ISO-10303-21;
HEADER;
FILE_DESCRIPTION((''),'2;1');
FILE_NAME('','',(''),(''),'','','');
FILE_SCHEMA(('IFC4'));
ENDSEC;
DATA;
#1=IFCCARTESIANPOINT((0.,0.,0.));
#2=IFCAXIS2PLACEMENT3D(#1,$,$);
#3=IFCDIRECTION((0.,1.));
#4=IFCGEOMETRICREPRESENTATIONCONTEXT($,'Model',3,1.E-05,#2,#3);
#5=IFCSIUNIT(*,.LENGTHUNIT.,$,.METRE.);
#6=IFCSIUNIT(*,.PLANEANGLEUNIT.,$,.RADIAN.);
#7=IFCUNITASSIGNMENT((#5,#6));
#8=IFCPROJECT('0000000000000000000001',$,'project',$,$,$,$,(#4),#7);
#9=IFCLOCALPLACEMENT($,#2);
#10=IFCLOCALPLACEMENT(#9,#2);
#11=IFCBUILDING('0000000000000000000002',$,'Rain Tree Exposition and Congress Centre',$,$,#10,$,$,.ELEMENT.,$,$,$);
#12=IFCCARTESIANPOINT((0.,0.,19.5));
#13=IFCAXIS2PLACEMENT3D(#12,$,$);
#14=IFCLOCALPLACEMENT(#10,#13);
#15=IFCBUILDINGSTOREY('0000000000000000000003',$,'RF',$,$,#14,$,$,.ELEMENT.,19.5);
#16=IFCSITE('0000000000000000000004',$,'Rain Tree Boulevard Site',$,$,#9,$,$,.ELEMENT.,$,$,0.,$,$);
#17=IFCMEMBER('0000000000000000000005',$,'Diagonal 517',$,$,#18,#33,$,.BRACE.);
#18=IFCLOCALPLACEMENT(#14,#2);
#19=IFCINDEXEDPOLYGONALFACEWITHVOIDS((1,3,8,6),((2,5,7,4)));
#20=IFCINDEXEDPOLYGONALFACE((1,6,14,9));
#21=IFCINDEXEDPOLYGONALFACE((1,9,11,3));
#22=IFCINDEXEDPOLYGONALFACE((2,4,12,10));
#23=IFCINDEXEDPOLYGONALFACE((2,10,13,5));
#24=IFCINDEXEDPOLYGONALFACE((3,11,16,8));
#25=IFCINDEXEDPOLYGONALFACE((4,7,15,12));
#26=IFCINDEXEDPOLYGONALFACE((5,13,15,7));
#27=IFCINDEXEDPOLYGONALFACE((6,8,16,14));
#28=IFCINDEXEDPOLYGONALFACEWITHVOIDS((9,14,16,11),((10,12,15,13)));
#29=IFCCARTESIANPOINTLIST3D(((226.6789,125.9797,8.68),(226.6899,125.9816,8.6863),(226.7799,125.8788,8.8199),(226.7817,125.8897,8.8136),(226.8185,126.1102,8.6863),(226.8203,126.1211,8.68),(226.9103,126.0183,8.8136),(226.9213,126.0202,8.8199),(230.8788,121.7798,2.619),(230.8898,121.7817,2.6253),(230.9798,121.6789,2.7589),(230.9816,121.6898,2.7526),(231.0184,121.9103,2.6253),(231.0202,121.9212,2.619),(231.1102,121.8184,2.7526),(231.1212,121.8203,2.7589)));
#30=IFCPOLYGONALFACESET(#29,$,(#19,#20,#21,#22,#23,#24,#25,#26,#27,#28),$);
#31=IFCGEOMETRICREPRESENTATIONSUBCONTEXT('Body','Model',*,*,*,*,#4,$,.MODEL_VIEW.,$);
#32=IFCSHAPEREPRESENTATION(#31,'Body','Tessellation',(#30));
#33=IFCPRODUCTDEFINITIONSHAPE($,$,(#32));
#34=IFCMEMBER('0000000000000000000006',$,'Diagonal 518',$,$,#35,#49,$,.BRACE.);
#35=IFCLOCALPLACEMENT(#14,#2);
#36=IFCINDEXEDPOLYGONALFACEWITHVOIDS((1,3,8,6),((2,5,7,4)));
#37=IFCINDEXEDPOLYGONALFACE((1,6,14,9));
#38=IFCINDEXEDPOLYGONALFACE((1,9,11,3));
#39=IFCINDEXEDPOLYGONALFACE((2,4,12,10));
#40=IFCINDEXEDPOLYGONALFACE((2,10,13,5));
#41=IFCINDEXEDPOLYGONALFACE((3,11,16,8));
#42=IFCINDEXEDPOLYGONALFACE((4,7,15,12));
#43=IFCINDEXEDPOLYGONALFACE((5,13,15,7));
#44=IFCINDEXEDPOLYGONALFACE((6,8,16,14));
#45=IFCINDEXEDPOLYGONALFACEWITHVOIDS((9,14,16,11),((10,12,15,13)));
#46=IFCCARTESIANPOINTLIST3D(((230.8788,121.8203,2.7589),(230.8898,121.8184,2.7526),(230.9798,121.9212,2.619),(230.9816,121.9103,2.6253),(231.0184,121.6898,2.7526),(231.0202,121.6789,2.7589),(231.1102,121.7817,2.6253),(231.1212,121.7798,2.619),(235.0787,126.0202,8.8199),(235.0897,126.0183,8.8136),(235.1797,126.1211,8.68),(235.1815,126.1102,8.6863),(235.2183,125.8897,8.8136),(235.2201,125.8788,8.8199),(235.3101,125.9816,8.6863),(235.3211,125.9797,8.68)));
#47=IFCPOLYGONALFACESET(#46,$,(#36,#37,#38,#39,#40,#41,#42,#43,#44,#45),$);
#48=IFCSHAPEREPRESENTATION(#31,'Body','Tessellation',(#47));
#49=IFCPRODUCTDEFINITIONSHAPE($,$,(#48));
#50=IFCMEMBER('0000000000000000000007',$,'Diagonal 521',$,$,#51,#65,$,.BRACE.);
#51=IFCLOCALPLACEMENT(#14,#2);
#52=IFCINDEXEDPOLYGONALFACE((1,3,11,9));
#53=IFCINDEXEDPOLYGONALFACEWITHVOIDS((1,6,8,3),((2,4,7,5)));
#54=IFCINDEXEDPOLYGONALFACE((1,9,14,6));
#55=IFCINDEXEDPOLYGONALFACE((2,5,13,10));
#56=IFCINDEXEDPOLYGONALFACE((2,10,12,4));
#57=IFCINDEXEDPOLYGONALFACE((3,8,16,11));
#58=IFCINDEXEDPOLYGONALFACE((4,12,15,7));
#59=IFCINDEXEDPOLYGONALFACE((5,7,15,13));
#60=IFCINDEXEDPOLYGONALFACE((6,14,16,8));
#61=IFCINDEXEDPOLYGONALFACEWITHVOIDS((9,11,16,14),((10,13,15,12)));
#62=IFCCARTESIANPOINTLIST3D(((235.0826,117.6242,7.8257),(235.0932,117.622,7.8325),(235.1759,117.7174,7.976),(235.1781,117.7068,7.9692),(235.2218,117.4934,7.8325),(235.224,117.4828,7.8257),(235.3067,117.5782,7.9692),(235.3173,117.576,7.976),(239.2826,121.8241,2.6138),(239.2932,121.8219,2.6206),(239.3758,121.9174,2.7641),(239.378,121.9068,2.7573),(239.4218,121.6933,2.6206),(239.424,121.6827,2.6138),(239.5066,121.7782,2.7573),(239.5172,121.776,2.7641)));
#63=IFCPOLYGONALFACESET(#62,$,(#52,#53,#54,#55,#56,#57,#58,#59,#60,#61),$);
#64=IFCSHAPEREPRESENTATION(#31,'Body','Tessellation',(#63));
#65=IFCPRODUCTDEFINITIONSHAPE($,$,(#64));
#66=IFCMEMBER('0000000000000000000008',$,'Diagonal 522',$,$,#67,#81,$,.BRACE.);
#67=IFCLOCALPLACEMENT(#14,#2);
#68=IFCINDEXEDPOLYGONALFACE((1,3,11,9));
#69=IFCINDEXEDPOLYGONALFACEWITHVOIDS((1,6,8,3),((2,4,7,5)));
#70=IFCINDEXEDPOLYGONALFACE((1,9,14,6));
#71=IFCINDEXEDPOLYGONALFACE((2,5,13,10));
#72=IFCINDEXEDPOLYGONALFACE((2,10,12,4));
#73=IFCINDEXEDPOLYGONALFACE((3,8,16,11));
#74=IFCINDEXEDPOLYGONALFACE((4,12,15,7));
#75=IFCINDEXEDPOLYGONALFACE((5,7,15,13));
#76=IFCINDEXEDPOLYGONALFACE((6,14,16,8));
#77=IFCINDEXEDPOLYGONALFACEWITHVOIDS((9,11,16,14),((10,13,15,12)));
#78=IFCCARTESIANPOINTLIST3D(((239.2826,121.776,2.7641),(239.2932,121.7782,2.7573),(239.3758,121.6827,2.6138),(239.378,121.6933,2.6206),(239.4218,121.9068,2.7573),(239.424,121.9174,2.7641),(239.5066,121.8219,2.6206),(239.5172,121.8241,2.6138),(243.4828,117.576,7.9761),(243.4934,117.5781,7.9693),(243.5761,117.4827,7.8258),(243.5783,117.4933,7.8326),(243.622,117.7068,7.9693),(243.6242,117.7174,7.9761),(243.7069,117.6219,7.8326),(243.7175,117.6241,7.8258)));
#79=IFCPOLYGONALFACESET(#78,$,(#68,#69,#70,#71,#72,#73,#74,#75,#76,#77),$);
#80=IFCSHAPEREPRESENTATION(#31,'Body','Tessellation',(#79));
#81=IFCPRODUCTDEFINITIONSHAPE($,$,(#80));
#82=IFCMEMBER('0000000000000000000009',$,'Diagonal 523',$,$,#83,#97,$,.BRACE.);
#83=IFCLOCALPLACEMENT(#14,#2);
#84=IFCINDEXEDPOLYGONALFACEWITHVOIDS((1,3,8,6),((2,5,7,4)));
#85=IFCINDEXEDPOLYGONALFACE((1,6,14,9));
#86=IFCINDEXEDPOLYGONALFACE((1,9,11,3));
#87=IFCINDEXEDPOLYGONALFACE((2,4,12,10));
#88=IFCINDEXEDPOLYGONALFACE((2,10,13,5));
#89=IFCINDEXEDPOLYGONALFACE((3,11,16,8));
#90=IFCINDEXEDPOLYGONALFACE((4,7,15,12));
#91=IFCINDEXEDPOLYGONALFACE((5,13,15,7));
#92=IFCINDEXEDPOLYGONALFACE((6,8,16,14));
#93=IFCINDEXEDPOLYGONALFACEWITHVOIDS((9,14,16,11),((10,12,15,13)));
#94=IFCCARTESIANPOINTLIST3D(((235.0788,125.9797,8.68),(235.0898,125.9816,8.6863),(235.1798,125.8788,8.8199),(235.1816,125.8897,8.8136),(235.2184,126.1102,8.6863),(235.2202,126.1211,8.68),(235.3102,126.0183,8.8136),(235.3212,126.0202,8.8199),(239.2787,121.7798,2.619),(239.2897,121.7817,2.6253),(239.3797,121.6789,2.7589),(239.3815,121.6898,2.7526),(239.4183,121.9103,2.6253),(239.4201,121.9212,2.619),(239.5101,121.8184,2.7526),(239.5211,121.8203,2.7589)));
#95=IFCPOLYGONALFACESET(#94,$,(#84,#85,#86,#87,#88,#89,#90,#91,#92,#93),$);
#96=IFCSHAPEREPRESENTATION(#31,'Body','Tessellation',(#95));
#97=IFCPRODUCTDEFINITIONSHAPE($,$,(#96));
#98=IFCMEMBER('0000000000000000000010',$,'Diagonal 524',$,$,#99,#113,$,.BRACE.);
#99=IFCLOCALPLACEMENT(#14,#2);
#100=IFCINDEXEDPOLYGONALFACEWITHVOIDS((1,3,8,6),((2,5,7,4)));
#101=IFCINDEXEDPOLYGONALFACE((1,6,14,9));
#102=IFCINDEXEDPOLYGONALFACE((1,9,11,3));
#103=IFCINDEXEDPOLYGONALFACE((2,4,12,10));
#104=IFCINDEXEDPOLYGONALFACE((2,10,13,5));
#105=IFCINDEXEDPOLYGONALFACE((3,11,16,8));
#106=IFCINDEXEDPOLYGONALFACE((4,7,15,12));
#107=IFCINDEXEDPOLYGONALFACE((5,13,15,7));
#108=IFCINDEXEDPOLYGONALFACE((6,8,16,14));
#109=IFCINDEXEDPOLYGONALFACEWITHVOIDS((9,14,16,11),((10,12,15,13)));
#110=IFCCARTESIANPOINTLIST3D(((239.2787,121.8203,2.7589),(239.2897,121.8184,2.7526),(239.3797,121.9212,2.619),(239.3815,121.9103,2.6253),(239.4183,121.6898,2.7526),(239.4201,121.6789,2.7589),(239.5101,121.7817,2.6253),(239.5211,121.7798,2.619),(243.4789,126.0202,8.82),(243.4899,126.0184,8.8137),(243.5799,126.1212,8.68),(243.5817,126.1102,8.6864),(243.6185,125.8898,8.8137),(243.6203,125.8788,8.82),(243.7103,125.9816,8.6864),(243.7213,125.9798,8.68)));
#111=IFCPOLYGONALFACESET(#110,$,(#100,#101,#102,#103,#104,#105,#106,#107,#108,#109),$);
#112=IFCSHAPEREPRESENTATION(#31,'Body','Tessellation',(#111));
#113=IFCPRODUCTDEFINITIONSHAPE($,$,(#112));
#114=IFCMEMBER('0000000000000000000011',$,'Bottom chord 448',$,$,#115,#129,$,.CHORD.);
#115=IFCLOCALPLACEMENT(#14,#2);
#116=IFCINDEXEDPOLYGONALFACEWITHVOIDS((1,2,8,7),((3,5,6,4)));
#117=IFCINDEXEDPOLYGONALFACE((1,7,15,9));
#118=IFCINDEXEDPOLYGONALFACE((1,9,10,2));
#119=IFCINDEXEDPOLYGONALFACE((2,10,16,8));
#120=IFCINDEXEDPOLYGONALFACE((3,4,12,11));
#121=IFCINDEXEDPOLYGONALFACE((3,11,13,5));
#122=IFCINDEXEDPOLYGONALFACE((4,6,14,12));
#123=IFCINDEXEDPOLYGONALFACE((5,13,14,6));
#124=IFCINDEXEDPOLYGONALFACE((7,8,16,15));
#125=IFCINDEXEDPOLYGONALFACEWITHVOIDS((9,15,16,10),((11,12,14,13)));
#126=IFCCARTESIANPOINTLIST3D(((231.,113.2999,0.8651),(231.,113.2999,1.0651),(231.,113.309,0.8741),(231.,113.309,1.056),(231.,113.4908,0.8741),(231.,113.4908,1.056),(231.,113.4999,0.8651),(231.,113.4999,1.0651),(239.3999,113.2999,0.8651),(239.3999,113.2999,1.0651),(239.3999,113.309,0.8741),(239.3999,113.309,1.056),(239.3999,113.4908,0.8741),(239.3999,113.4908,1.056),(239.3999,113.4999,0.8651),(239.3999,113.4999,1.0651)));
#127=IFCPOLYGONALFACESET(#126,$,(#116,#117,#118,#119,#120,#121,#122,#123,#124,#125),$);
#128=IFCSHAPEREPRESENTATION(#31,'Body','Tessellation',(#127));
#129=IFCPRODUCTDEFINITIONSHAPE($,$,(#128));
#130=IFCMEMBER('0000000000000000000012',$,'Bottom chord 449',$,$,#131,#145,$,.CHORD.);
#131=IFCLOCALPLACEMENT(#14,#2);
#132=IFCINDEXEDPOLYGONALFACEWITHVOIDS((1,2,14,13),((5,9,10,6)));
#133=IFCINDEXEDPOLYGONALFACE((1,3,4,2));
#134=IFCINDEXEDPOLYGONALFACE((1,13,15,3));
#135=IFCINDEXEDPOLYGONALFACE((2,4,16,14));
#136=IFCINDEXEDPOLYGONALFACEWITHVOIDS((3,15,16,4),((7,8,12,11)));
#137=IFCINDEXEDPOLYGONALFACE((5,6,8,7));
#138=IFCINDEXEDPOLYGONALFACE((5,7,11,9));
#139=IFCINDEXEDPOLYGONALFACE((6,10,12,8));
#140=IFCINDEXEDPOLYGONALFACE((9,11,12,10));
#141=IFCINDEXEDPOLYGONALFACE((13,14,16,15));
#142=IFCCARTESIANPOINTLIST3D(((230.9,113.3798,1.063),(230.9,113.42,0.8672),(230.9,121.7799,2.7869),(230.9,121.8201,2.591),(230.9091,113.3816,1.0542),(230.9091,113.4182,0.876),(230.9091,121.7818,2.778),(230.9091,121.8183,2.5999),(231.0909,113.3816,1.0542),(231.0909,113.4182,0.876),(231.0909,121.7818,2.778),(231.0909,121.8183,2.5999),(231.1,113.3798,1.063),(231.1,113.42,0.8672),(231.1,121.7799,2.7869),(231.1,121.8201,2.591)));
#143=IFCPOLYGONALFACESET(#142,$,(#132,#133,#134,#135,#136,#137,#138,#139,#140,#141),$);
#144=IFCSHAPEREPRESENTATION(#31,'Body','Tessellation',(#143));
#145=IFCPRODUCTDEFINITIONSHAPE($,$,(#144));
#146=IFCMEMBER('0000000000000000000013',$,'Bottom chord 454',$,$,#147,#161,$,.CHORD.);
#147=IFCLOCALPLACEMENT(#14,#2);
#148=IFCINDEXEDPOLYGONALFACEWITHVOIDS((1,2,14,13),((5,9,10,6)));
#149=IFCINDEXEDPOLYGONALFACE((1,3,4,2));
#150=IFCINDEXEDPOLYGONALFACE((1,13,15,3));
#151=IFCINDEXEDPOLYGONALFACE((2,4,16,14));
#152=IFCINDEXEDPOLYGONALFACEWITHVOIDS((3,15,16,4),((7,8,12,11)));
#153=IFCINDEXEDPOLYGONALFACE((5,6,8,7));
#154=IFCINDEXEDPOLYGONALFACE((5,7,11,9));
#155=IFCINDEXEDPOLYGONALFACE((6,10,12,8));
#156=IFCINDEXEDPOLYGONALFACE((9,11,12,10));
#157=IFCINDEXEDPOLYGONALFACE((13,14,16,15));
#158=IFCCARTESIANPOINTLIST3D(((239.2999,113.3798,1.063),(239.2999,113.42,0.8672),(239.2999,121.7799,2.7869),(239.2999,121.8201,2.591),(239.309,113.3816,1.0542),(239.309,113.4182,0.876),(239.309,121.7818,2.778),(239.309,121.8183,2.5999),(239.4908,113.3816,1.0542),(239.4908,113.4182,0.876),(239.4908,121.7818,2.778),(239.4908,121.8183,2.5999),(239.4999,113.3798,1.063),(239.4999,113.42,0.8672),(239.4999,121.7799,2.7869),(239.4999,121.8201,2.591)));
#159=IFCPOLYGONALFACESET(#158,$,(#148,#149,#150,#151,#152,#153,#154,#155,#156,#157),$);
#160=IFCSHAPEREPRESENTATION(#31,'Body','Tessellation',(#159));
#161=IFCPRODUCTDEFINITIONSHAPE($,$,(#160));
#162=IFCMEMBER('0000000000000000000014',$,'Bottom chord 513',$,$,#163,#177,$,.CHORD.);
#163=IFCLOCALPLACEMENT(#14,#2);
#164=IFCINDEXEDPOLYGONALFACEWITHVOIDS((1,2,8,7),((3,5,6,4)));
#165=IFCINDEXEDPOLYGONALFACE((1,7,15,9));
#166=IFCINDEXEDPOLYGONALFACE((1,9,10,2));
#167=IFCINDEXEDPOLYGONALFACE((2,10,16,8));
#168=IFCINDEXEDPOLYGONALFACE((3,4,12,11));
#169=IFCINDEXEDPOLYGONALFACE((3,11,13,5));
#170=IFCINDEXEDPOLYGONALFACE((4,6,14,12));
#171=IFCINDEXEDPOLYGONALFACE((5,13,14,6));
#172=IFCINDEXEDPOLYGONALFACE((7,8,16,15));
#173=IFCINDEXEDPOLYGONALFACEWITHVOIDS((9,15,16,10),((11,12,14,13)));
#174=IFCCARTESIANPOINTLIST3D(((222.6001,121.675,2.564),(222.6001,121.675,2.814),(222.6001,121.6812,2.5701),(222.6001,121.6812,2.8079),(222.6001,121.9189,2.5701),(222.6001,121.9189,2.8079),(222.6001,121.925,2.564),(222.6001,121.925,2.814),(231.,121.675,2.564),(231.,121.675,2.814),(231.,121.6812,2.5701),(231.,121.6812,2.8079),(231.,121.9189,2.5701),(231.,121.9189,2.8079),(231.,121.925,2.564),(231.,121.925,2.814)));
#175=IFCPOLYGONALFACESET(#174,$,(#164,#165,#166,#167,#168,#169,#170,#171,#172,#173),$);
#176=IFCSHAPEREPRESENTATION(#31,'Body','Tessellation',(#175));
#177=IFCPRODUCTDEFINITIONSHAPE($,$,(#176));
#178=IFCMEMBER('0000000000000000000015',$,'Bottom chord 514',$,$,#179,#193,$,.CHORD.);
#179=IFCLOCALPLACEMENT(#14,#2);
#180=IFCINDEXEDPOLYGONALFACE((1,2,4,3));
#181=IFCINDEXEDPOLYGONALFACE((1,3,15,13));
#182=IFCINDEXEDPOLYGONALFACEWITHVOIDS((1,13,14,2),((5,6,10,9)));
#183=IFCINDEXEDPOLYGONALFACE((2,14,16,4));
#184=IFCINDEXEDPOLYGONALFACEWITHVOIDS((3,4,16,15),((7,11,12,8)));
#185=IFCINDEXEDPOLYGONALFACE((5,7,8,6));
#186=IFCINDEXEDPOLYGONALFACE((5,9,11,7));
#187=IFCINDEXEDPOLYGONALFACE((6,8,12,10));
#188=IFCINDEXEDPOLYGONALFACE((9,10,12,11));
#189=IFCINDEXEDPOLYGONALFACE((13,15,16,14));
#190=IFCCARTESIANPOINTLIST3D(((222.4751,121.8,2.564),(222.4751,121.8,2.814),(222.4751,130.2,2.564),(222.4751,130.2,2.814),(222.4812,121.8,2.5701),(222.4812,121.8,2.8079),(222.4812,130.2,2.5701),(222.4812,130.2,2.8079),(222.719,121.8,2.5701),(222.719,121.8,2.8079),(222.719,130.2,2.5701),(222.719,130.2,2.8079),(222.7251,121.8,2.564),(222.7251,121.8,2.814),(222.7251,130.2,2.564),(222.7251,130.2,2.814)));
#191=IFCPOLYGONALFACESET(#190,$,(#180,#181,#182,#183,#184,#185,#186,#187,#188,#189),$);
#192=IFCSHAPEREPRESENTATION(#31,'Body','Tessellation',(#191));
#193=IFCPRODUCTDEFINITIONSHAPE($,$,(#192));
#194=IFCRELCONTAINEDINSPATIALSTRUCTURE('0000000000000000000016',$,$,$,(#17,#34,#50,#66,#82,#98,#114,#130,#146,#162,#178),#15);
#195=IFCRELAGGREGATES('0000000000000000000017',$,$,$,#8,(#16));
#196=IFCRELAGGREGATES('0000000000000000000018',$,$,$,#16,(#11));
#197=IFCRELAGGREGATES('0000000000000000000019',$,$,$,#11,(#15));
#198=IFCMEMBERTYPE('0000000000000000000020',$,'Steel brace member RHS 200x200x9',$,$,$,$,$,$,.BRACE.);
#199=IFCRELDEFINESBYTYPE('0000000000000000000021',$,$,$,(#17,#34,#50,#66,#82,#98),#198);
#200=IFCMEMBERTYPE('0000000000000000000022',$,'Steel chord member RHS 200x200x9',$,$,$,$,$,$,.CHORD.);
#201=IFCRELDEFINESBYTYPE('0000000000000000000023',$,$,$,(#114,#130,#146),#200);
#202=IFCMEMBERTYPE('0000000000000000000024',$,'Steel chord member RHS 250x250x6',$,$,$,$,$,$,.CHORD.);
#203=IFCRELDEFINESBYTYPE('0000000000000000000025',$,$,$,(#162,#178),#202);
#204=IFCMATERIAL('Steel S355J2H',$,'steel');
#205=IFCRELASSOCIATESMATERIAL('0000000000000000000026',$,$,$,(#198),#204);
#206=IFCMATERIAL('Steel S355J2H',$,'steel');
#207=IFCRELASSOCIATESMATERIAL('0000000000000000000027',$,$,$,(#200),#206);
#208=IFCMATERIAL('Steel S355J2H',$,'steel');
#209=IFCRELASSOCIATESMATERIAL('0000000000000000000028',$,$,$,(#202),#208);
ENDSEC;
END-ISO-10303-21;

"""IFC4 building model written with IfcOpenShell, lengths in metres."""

from ifc_helpers import new_model, si_unit, direction, frame, origin, origin_2d, place, context, subcontext, project, spatial, hollow_rectangle, extrude, material, material_profile, profile_set, type_object, element, save


model = new_model("IFC4")

# Units and contexts
model_context = context("Model", 3, precision=1e-05, world=origin(), true_north=direction((0.0, 1.0)))
body_context = subcontext(model_context, "Body", "Model", "MODEL_VIEW")
ifc_project = project(units=[si_unit("LENGTHUNIT", "METRE"), si_unit("PLANEANGLEUNIT", "RADIAN")], contexts=[model_context])

# Site, building, storey
site_placement = place(None, origin())
site = spatial("IfcSite", under=ifc_project, at=site_placement, Name="Rain Tree Boulevard Site", CompositionType="ELEMENT", RefElevation=0.0)
building_placement = place(site_placement, origin())
building = spatial("IfcBuilding", under=site, at=building_placement, Name="Rain Tree Exposition and Congress Centre", CompositionType="ELEMENT")
storey_placement = place(building_placement, frame((0.0, 0.0, 19.5)))
storey = spatial("IfcBuildingStorey", under=building, at=storey_placement, Name="RF", CompositionType="ELEMENT", Elevation=19.5)

# Members
ifc_material_1 = material(Name="Steel S355J2H", Category="steel")
ifc_material_profile_1 = material_profile(ifc_material_1, hollow_rectangle(XDim=0.2, YDim=0.2, WallThickness=0.009, at=origin_2d()), Name="RHS 200x200x9")
ifc_profile_set_1 = profile_set([ifc_material_profile_1], Name="Steel S355J2H")
member_type_1 = type_object("IfcMemberType", Name="Steel brace member RHS 200x200x9", PredefinedType="BRACE", material=ifc_profile_set_1)
for number, where, z_axis, x_axis, name in (
    (1, (231.0, 121.8, 2.689), (-0.494916, 0.494916, 0.714224), (-0.707107, -0.707107, 0.0), "Diagonal 517"),
    (2, (231.0, 121.8, 2.689), (0.494916, 0.494916, 0.714224), (-0.707107, 0.707107, 0.0), "Diagonal 518"),
):
    element("IfcMember", number, at=place(storey_placement, frame(where, z_axis=z_axis, x_axis=x_axis)), inside=storey, type_object=member_type_1, Name=name, PredefinedType="BRACE", context=body_context, shape_type="SweptSolid", body=[
        extrude(hollow_rectangle(XDim=0.2, YDim=0.2, WallThickness=0.009, at=origin_2d()), origin(), (0.0, 0.0, 1.0), 8.4861),
    ])
member_1_placement = place(storey_placement, frame((239.3999, 121.8, 2.689), z_axis=(-0.531498, -0.531498, 0.65956), x_axis=(0.707107, -0.707107, 0.0)))
element("IfcMember", 3, at=member_1_placement, inside=storey, type_object=member_type_1, Name="Diagonal 521", PredefinedType="BRACE", context=body_context, shape_type="SweptSolid", body=[
    extrude(hollow_rectangle(XDim=0.2, YDim=0.2, WallThickness=0.009, at=origin_2d()), origin(), (0.0, 0.0, 1.0), 7.9021),
])
member_2_placement = place(storey_placement, frame((239.3999, 121.8, 2.689), z_axis=(0.53152, -0.531489, 0.65955), x_axis=(0.707086, 0.707127, 0.0)))
element("IfcMember", 4, at=member_2_placement, inside=storey, type_object=member_type_1, Name="Diagonal 522", PredefinedType="BRACE", context=body_context, shape_type="SweptSolid", body=[
    extrude(hollow_rectangle(XDim=0.2, YDim=0.2, WallThickness=0.009, at=origin_2d()), origin(), (0.0, 0.0, 1.0), 7.9023),
])
member_3_placement = place(storey_placement, frame((239.3999, 121.8, 2.689), z_axis=(-0.494916, 0.494916, 0.714224), x_axis=(-0.707107, -0.707107, 0.0)))
element("IfcMember", 5, at=member_3_placement, inside=storey, type_object=member_type_1, Name="Diagonal 523", PredefinedType="BRACE", context=body_context, shape_type="SweptSolid", body=[
    extrude(hollow_rectangle(XDim=0.2, YDim=0.2, WallThickness=0.009, at=origin_2d()), origin(), (0.0, 0.0, 1.0), 8.4861),
])
member_4_placement = place(storey_placement, frame((239.3999, 121.8, 2.689), z_axis=(0.494938, 0.494909, 0.714214), x_axis=(-0.707086, 0.707127, 0.0)))
element("IfcMember", 6, at=member_4_placement, inside=storey, type_object=member_type_1, Name="Diagonal 524", PredefinedType="BRACE", context=body_context, shape_type="SweptSolid", body=[
    extrude(hollow_rectangle(XDim=0.2, YDim=0.2, WallThickness=0.009, at=origin_2d()), origin(), (0.0, 0.0, 1.0), 8.4863),
])
ifc_material_2 = material(Name="Steel S355J2H", Category="steel")
ifc_material_profile_2 = material_profile(ifc_material_2, hollow_rectangle(XDim=0.2, YDim=0.2, WallThickness=0.009, at=origin_2d()), Name="RHS 200x200x9")
ifc_profile_set_2 = profile_set([ifc_material_profile_2], Name="Steel S355J2H")
member_type_2 = type_object("IfcMemberType", Name="Steel chord member RHS 200x200x9", PredefinedType="CHORD", material=ifc_profile_set_2)
member_5_placement = place(storey_placement, frame((231.0, 113.3999, 0.9651), z_axis=(1.0, 0.0, 0.0), x_axis=(0.0, 1.0, 0.0)))
element("IfcMember", 7, at=member_5_placement, inside=storey, type_object=member_type_2, Name="Bottom chord 448", PredefinedType="CHORD", context=body_context, shape_type="SweptSolid", body=[
    extrude(hollow_rectangle(XDim=0.2, YDim=0.2, WallThickness=0.009, at=origin_2d()), origin(), (0.0, 0.0, 1.0), 8.3999),
])
for number, where, z_axis, x_axis, name in (
    (8, (231.0, 113.3999, 0.9651), (0.0, 0.979585, 0.20103), (-1.0, 0.0, 0.0), "Bottom chord 449"),
    (9, (239.3999, 113.3999, 0.9651), (0.0, 0.979585, 0.20103), (-1.0, 0.0, 0.0), "Bottom chord 454"),
):
    element("IfcMember", number, at=place(storey_placement, frame(where, z_axis=z_axis, x_axis=x_axis)), inside=storey, type_object=member_type_2, Name=name, PredefinedType="CHORD", context=body_context, shape_type="SweptSolid", body=[
        extrude(hollow_rectangle(XDim=0.2, YDim=0.2, WallThickness=0.009, at=origin_2d()), origin(), (0.0, 0.0, 1.0), 8.5752),
    ])
ifc_material_3 = material(Name="Steel S355J2H", Category="steel")
ifc_material_profile_3 = material_profile(ifc_material_3, hollow_rectangle(XDim=0.25, YDim=0.25, WallThickness=0.0061, at=origin_2d()), Name="RHS 250x250x6")
ifc_profile_set_3 = profile_set([ifc_material_profile_3], Name="Steel S355J2H")
member_type_3 = type_object("IfcMemberType", Name="Steel chord member RHS 250x250x6", PredefinedType="CHORD", material=ifc_profile_set_3)
for number, where, z_axis, x_axis, name in (
    (10, (222.6001, 121.8, 2.689), (1.0, 0.0, 0.0), (0.0, 1.0, 0.0), "Bottom chord 513"),
    (11, (222.6001, 121.8, 2.689), (0.0, 1.0, 0.0), (-1.0, 0.0, 0.0), "Bottom chord 514"),
):
    element("IfcMember", number, at=place(storey_placement, frame(where, z_axis=z_axis, x_axis=x_axis)), inside=storey, type_object=member_type_3, Name=name, PredefinedType="CHORD", context=body_context, shape_type="SweptSolid", body=[
        extrude(hollow_rectangle(XDim=0.25, YDim=0.25, WallThickness=0.0061, at=origin_2d()), origin(), (0.0, 0.0, 1.0), 8.3999),
    ])

save(model, "model.ifc")
